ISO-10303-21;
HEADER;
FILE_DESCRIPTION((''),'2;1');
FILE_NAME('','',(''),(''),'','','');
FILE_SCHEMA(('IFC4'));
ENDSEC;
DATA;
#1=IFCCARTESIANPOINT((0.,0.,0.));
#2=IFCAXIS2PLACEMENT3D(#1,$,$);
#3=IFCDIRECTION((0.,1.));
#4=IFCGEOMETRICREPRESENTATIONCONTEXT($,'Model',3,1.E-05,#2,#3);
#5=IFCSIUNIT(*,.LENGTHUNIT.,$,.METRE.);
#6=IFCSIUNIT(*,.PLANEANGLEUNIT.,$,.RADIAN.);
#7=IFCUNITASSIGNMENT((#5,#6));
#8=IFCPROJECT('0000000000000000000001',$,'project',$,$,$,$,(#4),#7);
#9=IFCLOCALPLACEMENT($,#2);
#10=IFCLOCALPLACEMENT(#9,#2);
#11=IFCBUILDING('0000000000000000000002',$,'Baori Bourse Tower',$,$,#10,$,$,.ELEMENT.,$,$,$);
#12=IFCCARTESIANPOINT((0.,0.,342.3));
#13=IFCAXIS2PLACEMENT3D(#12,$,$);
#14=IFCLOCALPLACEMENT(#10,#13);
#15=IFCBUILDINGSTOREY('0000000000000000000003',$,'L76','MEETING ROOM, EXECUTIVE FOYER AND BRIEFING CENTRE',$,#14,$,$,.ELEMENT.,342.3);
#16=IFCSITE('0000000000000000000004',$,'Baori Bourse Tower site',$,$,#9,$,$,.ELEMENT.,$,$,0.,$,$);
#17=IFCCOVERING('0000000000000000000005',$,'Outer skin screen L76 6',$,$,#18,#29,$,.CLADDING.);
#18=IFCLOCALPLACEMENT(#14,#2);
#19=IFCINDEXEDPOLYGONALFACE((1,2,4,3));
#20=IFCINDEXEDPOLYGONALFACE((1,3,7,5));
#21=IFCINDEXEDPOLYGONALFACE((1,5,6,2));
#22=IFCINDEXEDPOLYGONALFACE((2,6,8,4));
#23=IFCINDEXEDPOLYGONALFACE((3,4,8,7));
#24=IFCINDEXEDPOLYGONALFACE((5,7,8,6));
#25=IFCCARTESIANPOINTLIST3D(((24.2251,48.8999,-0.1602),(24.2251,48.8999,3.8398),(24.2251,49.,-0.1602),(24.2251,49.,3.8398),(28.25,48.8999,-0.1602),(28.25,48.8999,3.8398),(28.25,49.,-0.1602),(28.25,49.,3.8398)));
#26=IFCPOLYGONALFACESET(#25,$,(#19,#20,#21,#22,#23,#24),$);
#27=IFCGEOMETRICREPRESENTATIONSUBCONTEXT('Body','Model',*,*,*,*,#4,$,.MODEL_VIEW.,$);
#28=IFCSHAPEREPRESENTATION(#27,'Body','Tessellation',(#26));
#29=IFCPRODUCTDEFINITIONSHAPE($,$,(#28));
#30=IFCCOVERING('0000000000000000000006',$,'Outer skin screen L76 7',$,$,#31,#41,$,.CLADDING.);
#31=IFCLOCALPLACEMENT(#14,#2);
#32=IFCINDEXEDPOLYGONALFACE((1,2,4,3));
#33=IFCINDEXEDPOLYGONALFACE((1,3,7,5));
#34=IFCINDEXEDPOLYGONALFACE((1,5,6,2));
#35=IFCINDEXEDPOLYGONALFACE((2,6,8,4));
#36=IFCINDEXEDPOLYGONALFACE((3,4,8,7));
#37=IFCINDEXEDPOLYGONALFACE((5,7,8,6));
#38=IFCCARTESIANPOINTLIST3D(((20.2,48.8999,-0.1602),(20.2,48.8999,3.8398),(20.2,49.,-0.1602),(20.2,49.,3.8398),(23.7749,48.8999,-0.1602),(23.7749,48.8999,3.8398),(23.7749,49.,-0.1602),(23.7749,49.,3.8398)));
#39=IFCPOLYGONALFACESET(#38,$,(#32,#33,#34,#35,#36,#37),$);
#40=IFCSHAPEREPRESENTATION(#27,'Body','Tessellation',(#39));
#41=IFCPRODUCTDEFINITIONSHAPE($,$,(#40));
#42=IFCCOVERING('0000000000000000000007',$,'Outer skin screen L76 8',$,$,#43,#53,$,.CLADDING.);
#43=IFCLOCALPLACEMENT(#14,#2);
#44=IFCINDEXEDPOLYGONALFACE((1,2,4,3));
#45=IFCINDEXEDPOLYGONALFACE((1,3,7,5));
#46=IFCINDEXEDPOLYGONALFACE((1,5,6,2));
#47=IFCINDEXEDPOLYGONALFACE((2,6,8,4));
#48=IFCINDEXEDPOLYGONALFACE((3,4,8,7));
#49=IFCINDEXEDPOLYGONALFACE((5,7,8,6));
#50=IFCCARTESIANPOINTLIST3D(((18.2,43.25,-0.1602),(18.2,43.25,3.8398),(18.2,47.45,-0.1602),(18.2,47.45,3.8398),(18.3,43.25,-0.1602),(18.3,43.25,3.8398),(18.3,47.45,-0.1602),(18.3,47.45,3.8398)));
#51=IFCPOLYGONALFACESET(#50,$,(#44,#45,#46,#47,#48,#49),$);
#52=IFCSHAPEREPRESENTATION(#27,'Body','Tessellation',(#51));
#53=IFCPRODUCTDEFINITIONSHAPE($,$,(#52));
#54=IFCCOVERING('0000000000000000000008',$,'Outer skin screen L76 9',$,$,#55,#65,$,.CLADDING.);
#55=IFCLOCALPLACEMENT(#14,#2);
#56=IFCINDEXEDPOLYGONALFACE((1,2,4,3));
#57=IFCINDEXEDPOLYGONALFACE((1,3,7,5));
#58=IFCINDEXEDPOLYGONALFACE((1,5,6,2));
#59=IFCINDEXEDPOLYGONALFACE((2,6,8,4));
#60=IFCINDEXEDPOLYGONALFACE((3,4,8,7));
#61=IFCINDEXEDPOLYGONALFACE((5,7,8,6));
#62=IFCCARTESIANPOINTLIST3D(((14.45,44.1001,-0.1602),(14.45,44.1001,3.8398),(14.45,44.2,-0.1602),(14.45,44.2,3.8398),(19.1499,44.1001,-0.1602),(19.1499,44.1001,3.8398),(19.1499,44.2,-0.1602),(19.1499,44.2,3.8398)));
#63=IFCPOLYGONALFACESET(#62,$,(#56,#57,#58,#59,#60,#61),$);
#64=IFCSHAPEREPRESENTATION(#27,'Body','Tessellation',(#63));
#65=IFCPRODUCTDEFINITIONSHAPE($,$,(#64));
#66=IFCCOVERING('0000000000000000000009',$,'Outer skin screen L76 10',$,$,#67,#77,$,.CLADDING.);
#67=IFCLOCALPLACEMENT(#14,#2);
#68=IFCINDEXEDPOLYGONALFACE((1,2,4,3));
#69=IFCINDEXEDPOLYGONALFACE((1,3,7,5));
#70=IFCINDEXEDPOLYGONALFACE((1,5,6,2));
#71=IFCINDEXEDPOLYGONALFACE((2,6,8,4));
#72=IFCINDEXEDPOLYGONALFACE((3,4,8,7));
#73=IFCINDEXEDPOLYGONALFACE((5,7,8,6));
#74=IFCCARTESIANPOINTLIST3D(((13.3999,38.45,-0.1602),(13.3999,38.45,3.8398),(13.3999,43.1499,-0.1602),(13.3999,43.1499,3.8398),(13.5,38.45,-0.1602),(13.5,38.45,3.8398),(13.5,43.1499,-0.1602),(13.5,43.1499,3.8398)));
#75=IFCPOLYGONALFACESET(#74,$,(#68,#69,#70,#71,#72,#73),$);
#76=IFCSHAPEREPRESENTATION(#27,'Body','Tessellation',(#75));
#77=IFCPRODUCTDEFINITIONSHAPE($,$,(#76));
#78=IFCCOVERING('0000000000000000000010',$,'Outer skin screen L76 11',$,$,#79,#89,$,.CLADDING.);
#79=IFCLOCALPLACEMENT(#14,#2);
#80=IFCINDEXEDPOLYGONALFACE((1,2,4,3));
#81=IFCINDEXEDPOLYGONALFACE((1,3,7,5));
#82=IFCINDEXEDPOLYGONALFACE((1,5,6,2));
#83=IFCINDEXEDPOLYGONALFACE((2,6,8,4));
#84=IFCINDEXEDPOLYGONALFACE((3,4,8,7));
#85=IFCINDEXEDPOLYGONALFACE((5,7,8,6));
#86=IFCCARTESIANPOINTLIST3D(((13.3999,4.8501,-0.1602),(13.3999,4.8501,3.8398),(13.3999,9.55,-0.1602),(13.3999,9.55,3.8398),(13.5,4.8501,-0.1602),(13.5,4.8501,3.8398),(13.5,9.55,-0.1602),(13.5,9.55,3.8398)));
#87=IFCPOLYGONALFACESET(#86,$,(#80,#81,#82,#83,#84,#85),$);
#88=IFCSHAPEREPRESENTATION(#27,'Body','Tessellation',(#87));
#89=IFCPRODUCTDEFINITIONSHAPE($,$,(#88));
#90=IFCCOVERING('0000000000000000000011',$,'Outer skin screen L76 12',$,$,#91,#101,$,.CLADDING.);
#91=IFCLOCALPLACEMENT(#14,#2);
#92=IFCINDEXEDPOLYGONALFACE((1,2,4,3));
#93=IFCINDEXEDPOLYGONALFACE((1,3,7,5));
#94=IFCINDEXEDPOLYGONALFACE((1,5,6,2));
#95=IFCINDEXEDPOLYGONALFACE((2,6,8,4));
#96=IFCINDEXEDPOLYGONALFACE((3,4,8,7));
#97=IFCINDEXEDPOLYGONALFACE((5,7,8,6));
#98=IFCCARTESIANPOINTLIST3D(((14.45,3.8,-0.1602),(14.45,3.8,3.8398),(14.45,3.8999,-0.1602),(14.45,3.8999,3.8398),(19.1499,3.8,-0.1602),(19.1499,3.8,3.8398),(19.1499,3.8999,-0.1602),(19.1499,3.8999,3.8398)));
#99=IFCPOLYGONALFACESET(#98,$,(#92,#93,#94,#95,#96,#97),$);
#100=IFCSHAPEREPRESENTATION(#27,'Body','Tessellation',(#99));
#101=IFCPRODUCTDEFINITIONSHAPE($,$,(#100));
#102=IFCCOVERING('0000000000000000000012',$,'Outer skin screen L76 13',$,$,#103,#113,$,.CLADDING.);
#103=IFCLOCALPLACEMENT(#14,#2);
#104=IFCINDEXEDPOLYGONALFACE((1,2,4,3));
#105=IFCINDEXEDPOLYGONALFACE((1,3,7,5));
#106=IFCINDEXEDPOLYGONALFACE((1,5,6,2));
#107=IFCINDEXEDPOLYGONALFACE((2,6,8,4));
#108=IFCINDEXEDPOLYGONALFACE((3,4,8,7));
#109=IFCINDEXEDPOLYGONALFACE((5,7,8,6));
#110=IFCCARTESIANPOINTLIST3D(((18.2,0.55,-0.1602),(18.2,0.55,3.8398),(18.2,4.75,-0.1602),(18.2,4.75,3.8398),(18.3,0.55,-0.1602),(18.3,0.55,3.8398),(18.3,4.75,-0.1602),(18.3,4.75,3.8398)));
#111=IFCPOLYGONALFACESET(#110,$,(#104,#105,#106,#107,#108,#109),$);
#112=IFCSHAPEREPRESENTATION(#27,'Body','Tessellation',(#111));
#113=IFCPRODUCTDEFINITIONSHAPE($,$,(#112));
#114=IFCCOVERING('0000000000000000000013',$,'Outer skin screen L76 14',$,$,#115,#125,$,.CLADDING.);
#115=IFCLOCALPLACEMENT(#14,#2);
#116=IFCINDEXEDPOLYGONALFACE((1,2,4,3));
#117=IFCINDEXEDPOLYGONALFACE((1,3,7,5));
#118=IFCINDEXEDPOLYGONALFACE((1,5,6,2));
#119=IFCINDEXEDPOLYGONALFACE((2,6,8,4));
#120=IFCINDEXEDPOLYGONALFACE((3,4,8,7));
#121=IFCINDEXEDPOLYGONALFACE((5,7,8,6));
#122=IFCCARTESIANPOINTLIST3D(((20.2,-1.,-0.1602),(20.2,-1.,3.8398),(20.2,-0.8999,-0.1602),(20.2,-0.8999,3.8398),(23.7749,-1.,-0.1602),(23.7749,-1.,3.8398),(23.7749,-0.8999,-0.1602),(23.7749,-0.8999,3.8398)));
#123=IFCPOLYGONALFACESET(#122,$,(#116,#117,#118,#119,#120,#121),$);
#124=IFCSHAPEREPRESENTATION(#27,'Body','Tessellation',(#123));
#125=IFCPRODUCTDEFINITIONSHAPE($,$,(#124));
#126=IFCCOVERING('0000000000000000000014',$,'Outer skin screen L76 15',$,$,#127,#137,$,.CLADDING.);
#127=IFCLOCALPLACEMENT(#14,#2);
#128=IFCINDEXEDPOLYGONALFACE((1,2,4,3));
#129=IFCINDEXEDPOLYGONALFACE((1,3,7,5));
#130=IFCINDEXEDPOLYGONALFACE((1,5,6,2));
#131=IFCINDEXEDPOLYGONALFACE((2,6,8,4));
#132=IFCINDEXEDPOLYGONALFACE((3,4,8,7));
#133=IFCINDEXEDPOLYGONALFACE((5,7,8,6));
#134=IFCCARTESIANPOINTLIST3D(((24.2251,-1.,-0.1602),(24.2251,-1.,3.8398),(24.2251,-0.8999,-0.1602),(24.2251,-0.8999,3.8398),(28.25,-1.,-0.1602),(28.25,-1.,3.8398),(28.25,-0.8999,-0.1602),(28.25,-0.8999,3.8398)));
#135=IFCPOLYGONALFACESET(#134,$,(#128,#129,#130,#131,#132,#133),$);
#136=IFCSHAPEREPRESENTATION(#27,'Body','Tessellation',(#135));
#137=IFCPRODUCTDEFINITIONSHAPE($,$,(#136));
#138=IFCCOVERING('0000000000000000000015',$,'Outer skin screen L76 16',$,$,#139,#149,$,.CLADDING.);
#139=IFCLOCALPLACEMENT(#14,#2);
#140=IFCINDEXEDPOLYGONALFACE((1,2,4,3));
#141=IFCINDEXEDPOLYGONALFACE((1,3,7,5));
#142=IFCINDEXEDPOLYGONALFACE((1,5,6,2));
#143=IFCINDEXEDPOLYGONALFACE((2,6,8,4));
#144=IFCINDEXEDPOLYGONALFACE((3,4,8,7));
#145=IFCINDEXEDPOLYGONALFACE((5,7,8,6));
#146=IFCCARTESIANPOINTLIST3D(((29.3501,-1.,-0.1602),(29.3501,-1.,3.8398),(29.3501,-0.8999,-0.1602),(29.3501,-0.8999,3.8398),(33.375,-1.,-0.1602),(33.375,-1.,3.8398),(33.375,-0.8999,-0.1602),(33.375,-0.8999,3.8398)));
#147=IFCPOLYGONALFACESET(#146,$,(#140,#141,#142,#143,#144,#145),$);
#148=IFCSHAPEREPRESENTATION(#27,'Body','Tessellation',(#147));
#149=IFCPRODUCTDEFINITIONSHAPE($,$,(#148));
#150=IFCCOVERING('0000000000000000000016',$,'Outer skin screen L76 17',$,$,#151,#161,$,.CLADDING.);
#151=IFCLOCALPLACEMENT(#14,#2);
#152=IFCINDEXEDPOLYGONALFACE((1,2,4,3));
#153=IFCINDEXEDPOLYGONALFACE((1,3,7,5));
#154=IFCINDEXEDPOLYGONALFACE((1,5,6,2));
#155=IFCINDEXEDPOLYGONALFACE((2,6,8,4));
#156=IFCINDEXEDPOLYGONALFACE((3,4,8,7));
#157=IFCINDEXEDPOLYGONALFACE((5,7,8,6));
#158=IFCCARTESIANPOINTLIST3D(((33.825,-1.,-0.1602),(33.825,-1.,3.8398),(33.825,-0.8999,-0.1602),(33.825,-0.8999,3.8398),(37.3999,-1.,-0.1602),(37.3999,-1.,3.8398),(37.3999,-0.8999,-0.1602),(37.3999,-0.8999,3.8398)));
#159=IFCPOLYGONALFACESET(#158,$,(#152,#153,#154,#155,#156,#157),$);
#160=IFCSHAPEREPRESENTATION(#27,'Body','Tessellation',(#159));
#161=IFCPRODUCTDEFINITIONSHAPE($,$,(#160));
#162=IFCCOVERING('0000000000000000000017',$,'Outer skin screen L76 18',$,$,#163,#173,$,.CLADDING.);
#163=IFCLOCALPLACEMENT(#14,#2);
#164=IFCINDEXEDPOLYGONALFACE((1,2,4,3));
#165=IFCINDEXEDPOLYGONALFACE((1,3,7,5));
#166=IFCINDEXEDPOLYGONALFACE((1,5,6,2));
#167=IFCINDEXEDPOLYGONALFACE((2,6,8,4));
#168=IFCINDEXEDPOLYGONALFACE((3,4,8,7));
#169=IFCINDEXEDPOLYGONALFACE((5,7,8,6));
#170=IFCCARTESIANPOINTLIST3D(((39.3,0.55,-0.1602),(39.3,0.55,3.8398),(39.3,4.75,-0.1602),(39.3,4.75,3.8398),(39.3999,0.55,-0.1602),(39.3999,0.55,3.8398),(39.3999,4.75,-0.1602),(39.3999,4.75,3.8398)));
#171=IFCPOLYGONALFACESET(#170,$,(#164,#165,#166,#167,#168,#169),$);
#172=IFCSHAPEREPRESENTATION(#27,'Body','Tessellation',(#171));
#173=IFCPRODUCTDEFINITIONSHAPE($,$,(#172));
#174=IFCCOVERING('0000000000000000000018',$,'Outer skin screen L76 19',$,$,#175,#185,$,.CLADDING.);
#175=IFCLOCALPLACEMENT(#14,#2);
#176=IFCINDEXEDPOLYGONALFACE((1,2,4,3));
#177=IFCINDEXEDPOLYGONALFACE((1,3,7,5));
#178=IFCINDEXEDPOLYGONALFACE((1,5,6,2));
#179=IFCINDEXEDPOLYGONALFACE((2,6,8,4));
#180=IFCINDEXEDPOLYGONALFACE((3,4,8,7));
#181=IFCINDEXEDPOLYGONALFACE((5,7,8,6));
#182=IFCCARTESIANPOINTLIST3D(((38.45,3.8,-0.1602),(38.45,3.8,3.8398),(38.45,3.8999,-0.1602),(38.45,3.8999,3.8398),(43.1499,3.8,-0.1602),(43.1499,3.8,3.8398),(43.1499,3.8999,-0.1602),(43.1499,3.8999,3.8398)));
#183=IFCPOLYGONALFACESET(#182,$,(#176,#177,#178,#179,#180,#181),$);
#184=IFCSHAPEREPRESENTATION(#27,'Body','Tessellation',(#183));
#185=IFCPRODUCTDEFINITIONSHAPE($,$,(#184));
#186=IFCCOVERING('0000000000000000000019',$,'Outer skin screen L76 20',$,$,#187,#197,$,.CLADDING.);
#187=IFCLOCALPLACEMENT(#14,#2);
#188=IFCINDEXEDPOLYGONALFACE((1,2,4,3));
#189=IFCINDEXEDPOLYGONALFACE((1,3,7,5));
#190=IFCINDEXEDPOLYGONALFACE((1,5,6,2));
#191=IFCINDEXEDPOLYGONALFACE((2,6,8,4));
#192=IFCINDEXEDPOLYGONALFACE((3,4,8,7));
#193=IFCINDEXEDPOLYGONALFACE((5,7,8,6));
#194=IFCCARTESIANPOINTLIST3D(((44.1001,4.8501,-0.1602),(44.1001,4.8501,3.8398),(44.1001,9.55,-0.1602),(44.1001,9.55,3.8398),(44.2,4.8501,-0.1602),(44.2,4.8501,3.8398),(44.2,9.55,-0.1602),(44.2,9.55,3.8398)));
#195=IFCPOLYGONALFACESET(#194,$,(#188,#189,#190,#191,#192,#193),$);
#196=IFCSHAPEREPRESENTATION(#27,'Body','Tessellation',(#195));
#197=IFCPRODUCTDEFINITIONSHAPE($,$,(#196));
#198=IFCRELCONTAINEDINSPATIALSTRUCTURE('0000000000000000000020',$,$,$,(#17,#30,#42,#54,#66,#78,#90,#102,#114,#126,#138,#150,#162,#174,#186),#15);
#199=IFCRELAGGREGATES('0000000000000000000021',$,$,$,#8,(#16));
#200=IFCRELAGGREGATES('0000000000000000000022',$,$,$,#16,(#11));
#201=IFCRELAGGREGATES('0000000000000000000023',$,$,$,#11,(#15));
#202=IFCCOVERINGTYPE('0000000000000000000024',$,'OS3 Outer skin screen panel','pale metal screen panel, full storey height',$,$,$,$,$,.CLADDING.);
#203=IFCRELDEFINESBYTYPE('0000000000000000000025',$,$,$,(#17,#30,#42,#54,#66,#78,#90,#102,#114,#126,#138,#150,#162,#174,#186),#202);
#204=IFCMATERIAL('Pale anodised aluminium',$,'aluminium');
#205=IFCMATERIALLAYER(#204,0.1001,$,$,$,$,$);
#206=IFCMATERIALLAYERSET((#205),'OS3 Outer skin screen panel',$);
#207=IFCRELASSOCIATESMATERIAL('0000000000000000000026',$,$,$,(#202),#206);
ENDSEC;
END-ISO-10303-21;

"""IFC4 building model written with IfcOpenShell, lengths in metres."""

from ifc_helpers import new_model, si_unit, direction, frame, origin, place, context, subcontext, project, spatial, polyline, outline, extrude, material, layer, layer_set, type_object, element, save


model = new_model("IFC4")

# Units and contexts
model_context = context("Model", 3, precision=1e-05, world=origin(), true_north=direction((0.0, 1.0)))
body_context = subcontext(model_context, "Body", "Model", "MODEL_VIEW")
ifc_project = project(units=[si_unit("LENGTHUNIT", "METRE"), si_unit("PLANEANGLEUNIT", "RADIAN")], contexts=[model_context])

# Site, building, storey
site_placement = place(None, origin())
site = spatial("IfcSite", under=ifc_project, at=site_placement, Name="Baori Bourse Tower site", CompositionType="ELEMENT", RefElevation=0.0)
building_placement = place(site_placement, origin())
building = spatial("IfcBuilding", under=site, at=building_placement, Name="Baori Bourse Tower", CompositionType="ELEMENT")
storey_placement = place(building_placement, frame((0.0, 0.0, 342.3)))
storey = spatial("IfcBuildingStorey", under=building, at=storey_placement, Name="L76", Description="MEETING ROOM, EXECUTIVE FOYER AND BRIEFING CENTRE", CompositionType="ELEMENT", Elevation=342.3)

# Coverings
ifc_material_1 = material(Name="Pale anodised aluminium", Category="aluminium")
ifc_layer_1 = layer(ifc_material_1, 0.1001)
ifc_layer_set_1 = layer_set([ifc_layer_1], Name="OS3 Outer skin screen panel")
covering_type = type_object("IfcCoveringType", Name="OS3 Outer skin screen panel", Description="pale metal screen panel, full storey height", PredefinedType="CLADDING", material=ifc_layer_set_1)
covering_1_placement = place(storey_placement, frame((0.0, 0.0, -0.1602)))
element("IfcCovering", 1, at=covering_1_placement, inside=storey, type_object=covering_type, Name="Outer skin screen L76 6", PredefinedType="CLADDING", context=body_context, shape_type="SweptSolid", body=[
    extrude(outline(polyline([(24.2251, 48.8999), (28.25, 48.8999), (28.25, 49.0), (24.2251, 49.0), (24.2251, 48.8999)])), origin(), (0.0, 0.0, 1.0), 4.0),
])
covering_2_placement = place(storey_placement, frame((0.0, 0.0, -0.1602)))
element("IfcCovering", 2, at=covering_2_placement, inside=storey, type_object=covering_type, Name="Outer skin screen L76 7", PredefinedType="CLADDING", context=body_context, shape_type="SweptSolid", body=[
    extrude(outline(polyline([(20.2, 48.8999), (23.7749, 48.8999), (23.7749, 49.0), (20.2, 49.0), (20.2, 48.8999)])), origin(), (0.0, 0.0, 1.0), 4.0),
])
covering_3_placement = place(storey_placement, frame((0.0, 0.0, -0.1602)))
element("IfcCovering", 3, at=covering_3_placement, inside=storey, type_object=covering_type, Name="Outer skin screen L76 8", PredefinedType="CLADDING", context=body_context, shape_type="SweptSolid", body=[
    extrude(outline(polyline([(18.3, 43.25), (18.3, 47.45), (18.2, 47.45), (18.2, 43.25), (18.3, 43.25)])), origin(), (0.0, 0.0, 1.0), 4.0),
])
covering_4_placement = place(storey_placement, frame((0.0, 0.0, -0.1602)))
element("IfcCovering", 4, at=covering_4_placement, inside=storey, type_object=covering_type, Name="Outer skin screen L76 9", PredefinedType="CLADDING", context=body_context, shape_type="SweptSolid", body=[
    extrude(outline(polyline([(14.45, 44.1001), (19.1499, 44.1001), (19.1499, 44.2), (14.45, 44.2), (14.45, 44.1001)])), origin(), (0.0, 0.0, 1.0), 4.0),
])
covering_5_placement = place(storey_placement, frame((0.0, 0.0, -0.1602)))
element("IfcCovering", 5, at=covering_5_placement, inside=storey, type_object=covering_type, Name="Outer skin screen L76 10", PredefinedType="CLADDING", context=body_context, shape_type="SweptSolid", body=[
    extrude(outline(polyline([(13.5, 38.45), (13.5, 43.1499), (13.3999, 43.1499), (13.3999, 38.45), (13.5, 38.45)])), origin(), (0.0, 0.0, 1.0), 4.0),
])
covering_6_placement = place(storey_placement, frame((0.0, 0.0, -0.1602)))
element("IfcCovering", 6, at=covering_6_placement, inside=storey, type_object=covering_type, Name="Outer skin screen L76 11", PredefinedType="CLADDING", context=body_context, shape_type="SweptSolid", body=[
    extrude(outline(polyline([(13.5, 4.8501), (13.5, 9.55), (13.3999, 9.55), (13.3999, 4.8501), (13.5, 4.8501)])), origin(), (0.0, 0.0, 1.0), 4.0),
])
covering_7_placement = place(storey_placement, frame((0.0, 0.0, -0.1602)))
element("IfcCovering", 7, at=covering_7_placement, inside=storey, type_object=covering_type, Name="Outer skin screen L76 12", PredefinedType="CLADDING", context=body_context, shape_type="SweptSolid", body=[
    extrude(outline(polyline([(19.1499, 3.8999), (14.45, 3.8999), (14.45, 3.8), (19.1499, 3.8), (19.1499, 3.8999)])), origin(), (0.0, 0.0, 1.0), 4.0),
])
covering_8_placement = place(storey_placement, frame((0.0, 0.0, -0.1602)))
element("IfcCovering", 8, at=covering_8_placement, inside=storey, type_object=covering_type, Name="Outer skin screen L76 13", PredefinedType="CLADDING", context=body_context, shape_type="SweptSolid", body=[
    extrude(outline(polyline([(18.3, 0.55), (18.3, 4.75), (18.2, 4.75), (18.2, 0.55), (18.3, 0.55)])), origin(), (0.0, 0.0, 1.0), 4.0),
])
covering_9_placement = place(storey_placement, frame((0.0, 0.0, -0.1602)))
element("IfcCovering", 9, at=covering_9_placement, inside=storey, type_object=covering_type, Name="Outer skin screen L76 14", PredefinedType="CLADDING", context=body_context, shape_type="SweptSolid", body=[
    extrude(outline(polyline([(23.7749, -0.8999), (20.2, -0.8999), (20.2, -1.0), (23.7749, -1.0), (23.7749, -0.8999)])), origin(), (0.0, 0.0, 1.0), 4.0),
])
covering_10_placement = place(storey_placement, frame((0.0, 0.0, -0.1602)))
element("IfcCovering", 10, at=covering_10_placement, inside=storey, type_object=covering_type, Name="Outer skin screen L76 15", PredefinedType="CLADDING", context=body_context, shape_type="SweptSolid", body=[
    extrude(outline(polyline([(28.25, -0.8999), (24.2251, -0.8999), (24.2251, -1.0), (28.25, -1.0), (28.25, -0.8999)])), origin(), (0.0, 0.0, 1.0), 4.0),
])
covering_11_placement = place(storey_placement, frame((0.0, 0.0, -0.1602)))
element("IfcCovering", 11, at=covering_11_placement, inside=storey, type_object=covering_type, Name="Outer skin screen L76 16", PredefinedType="CLADDING", context=body_context, shape_type="SweptSolid", body=[
    extrude(outline(polyline([(33.375, -0.8999), (29.3501, -0.8999), (29.3501, -1.0), (33.375, -1.0), (33.375, -0.8999)])), origin(), (0.0, 0.0, 1.0), 4.0),
])
covering_12_placement = place(storey_placement, frame((0.0, 0.0, -0.1602)))
element("IfcCovering", 12, at=covering_12_placement, inside=storey, type_object=covering_type, Name="Outer skin screen L76 17", PredefinedType="CLADDING", context=body_context, shape_type="SweptSolid", body=[
    extrude(outline(polyline([(37.3999, -0.8999), (33.825, -0.8999), (33.825, -1.0), (37.3999, -1.0), (37.3999, -0.8999)])), origin(), (0.0, 0.0, 1.0), 4.0),
])
covering_13_placement = place(storey_placement, frame((0.0, 0.0, -0.1602)))
element("IfcCovering", 13, at=covering_13_placement, inside=storey, type_object=covering_type, Name="Outer skin screen L76 18", PredefinedType="CLADDING", context=body_context, shape_type="SweptSolid", body=[
    extrude(outline(polyline([(39.3, 4.75), (39.3, 0.55), (39.3999, 0.55), (39.3999, 4.75), (39.3, 4.75)])), origin(), (0.0, 0.0, 1.0), 4.0),
])
covering_14_placement = place(storey_placement, frame((0.0, 0.0, -0.1602)))
element("IfcCovering", 14, at=covering_14_placement, inside=storey, type_object=covering_type, Name="Outer skin screen L76 19", PredefinedType="CLADDING", context=body_context, shape_type="SweptSolid", body=[
    extrude(outline(polyline([(43.1499, 3.8999), (38.45, 3.8999), (38.45, 3.8), (43.1499, 3.8), (43.1499, 3.8999)])), origin(), (0.0, 0.0, 1.0), 4.0),
])
covering_15_placement = place(storey_placement, frame((0.0, 0.0, -0.1602)))
element("IfcCovering", 15, at=covering_15_placement, inside=storey, type_object=covering_type, Name="Outer skin screen L76 20", PredefinedType="CLADDING", context=body_context, shape_type="SweptSolid", body=[
    extrude(outline(polyline([(44.1001, 9.55), (44.1001, 4.8501), (44.2, 4.8501), (44.2, 9.55), (44.1001, 9.55)])), origin(), (0.0, 0.0, 1.0), 4.0),
])

save(model, "model.ifc")
